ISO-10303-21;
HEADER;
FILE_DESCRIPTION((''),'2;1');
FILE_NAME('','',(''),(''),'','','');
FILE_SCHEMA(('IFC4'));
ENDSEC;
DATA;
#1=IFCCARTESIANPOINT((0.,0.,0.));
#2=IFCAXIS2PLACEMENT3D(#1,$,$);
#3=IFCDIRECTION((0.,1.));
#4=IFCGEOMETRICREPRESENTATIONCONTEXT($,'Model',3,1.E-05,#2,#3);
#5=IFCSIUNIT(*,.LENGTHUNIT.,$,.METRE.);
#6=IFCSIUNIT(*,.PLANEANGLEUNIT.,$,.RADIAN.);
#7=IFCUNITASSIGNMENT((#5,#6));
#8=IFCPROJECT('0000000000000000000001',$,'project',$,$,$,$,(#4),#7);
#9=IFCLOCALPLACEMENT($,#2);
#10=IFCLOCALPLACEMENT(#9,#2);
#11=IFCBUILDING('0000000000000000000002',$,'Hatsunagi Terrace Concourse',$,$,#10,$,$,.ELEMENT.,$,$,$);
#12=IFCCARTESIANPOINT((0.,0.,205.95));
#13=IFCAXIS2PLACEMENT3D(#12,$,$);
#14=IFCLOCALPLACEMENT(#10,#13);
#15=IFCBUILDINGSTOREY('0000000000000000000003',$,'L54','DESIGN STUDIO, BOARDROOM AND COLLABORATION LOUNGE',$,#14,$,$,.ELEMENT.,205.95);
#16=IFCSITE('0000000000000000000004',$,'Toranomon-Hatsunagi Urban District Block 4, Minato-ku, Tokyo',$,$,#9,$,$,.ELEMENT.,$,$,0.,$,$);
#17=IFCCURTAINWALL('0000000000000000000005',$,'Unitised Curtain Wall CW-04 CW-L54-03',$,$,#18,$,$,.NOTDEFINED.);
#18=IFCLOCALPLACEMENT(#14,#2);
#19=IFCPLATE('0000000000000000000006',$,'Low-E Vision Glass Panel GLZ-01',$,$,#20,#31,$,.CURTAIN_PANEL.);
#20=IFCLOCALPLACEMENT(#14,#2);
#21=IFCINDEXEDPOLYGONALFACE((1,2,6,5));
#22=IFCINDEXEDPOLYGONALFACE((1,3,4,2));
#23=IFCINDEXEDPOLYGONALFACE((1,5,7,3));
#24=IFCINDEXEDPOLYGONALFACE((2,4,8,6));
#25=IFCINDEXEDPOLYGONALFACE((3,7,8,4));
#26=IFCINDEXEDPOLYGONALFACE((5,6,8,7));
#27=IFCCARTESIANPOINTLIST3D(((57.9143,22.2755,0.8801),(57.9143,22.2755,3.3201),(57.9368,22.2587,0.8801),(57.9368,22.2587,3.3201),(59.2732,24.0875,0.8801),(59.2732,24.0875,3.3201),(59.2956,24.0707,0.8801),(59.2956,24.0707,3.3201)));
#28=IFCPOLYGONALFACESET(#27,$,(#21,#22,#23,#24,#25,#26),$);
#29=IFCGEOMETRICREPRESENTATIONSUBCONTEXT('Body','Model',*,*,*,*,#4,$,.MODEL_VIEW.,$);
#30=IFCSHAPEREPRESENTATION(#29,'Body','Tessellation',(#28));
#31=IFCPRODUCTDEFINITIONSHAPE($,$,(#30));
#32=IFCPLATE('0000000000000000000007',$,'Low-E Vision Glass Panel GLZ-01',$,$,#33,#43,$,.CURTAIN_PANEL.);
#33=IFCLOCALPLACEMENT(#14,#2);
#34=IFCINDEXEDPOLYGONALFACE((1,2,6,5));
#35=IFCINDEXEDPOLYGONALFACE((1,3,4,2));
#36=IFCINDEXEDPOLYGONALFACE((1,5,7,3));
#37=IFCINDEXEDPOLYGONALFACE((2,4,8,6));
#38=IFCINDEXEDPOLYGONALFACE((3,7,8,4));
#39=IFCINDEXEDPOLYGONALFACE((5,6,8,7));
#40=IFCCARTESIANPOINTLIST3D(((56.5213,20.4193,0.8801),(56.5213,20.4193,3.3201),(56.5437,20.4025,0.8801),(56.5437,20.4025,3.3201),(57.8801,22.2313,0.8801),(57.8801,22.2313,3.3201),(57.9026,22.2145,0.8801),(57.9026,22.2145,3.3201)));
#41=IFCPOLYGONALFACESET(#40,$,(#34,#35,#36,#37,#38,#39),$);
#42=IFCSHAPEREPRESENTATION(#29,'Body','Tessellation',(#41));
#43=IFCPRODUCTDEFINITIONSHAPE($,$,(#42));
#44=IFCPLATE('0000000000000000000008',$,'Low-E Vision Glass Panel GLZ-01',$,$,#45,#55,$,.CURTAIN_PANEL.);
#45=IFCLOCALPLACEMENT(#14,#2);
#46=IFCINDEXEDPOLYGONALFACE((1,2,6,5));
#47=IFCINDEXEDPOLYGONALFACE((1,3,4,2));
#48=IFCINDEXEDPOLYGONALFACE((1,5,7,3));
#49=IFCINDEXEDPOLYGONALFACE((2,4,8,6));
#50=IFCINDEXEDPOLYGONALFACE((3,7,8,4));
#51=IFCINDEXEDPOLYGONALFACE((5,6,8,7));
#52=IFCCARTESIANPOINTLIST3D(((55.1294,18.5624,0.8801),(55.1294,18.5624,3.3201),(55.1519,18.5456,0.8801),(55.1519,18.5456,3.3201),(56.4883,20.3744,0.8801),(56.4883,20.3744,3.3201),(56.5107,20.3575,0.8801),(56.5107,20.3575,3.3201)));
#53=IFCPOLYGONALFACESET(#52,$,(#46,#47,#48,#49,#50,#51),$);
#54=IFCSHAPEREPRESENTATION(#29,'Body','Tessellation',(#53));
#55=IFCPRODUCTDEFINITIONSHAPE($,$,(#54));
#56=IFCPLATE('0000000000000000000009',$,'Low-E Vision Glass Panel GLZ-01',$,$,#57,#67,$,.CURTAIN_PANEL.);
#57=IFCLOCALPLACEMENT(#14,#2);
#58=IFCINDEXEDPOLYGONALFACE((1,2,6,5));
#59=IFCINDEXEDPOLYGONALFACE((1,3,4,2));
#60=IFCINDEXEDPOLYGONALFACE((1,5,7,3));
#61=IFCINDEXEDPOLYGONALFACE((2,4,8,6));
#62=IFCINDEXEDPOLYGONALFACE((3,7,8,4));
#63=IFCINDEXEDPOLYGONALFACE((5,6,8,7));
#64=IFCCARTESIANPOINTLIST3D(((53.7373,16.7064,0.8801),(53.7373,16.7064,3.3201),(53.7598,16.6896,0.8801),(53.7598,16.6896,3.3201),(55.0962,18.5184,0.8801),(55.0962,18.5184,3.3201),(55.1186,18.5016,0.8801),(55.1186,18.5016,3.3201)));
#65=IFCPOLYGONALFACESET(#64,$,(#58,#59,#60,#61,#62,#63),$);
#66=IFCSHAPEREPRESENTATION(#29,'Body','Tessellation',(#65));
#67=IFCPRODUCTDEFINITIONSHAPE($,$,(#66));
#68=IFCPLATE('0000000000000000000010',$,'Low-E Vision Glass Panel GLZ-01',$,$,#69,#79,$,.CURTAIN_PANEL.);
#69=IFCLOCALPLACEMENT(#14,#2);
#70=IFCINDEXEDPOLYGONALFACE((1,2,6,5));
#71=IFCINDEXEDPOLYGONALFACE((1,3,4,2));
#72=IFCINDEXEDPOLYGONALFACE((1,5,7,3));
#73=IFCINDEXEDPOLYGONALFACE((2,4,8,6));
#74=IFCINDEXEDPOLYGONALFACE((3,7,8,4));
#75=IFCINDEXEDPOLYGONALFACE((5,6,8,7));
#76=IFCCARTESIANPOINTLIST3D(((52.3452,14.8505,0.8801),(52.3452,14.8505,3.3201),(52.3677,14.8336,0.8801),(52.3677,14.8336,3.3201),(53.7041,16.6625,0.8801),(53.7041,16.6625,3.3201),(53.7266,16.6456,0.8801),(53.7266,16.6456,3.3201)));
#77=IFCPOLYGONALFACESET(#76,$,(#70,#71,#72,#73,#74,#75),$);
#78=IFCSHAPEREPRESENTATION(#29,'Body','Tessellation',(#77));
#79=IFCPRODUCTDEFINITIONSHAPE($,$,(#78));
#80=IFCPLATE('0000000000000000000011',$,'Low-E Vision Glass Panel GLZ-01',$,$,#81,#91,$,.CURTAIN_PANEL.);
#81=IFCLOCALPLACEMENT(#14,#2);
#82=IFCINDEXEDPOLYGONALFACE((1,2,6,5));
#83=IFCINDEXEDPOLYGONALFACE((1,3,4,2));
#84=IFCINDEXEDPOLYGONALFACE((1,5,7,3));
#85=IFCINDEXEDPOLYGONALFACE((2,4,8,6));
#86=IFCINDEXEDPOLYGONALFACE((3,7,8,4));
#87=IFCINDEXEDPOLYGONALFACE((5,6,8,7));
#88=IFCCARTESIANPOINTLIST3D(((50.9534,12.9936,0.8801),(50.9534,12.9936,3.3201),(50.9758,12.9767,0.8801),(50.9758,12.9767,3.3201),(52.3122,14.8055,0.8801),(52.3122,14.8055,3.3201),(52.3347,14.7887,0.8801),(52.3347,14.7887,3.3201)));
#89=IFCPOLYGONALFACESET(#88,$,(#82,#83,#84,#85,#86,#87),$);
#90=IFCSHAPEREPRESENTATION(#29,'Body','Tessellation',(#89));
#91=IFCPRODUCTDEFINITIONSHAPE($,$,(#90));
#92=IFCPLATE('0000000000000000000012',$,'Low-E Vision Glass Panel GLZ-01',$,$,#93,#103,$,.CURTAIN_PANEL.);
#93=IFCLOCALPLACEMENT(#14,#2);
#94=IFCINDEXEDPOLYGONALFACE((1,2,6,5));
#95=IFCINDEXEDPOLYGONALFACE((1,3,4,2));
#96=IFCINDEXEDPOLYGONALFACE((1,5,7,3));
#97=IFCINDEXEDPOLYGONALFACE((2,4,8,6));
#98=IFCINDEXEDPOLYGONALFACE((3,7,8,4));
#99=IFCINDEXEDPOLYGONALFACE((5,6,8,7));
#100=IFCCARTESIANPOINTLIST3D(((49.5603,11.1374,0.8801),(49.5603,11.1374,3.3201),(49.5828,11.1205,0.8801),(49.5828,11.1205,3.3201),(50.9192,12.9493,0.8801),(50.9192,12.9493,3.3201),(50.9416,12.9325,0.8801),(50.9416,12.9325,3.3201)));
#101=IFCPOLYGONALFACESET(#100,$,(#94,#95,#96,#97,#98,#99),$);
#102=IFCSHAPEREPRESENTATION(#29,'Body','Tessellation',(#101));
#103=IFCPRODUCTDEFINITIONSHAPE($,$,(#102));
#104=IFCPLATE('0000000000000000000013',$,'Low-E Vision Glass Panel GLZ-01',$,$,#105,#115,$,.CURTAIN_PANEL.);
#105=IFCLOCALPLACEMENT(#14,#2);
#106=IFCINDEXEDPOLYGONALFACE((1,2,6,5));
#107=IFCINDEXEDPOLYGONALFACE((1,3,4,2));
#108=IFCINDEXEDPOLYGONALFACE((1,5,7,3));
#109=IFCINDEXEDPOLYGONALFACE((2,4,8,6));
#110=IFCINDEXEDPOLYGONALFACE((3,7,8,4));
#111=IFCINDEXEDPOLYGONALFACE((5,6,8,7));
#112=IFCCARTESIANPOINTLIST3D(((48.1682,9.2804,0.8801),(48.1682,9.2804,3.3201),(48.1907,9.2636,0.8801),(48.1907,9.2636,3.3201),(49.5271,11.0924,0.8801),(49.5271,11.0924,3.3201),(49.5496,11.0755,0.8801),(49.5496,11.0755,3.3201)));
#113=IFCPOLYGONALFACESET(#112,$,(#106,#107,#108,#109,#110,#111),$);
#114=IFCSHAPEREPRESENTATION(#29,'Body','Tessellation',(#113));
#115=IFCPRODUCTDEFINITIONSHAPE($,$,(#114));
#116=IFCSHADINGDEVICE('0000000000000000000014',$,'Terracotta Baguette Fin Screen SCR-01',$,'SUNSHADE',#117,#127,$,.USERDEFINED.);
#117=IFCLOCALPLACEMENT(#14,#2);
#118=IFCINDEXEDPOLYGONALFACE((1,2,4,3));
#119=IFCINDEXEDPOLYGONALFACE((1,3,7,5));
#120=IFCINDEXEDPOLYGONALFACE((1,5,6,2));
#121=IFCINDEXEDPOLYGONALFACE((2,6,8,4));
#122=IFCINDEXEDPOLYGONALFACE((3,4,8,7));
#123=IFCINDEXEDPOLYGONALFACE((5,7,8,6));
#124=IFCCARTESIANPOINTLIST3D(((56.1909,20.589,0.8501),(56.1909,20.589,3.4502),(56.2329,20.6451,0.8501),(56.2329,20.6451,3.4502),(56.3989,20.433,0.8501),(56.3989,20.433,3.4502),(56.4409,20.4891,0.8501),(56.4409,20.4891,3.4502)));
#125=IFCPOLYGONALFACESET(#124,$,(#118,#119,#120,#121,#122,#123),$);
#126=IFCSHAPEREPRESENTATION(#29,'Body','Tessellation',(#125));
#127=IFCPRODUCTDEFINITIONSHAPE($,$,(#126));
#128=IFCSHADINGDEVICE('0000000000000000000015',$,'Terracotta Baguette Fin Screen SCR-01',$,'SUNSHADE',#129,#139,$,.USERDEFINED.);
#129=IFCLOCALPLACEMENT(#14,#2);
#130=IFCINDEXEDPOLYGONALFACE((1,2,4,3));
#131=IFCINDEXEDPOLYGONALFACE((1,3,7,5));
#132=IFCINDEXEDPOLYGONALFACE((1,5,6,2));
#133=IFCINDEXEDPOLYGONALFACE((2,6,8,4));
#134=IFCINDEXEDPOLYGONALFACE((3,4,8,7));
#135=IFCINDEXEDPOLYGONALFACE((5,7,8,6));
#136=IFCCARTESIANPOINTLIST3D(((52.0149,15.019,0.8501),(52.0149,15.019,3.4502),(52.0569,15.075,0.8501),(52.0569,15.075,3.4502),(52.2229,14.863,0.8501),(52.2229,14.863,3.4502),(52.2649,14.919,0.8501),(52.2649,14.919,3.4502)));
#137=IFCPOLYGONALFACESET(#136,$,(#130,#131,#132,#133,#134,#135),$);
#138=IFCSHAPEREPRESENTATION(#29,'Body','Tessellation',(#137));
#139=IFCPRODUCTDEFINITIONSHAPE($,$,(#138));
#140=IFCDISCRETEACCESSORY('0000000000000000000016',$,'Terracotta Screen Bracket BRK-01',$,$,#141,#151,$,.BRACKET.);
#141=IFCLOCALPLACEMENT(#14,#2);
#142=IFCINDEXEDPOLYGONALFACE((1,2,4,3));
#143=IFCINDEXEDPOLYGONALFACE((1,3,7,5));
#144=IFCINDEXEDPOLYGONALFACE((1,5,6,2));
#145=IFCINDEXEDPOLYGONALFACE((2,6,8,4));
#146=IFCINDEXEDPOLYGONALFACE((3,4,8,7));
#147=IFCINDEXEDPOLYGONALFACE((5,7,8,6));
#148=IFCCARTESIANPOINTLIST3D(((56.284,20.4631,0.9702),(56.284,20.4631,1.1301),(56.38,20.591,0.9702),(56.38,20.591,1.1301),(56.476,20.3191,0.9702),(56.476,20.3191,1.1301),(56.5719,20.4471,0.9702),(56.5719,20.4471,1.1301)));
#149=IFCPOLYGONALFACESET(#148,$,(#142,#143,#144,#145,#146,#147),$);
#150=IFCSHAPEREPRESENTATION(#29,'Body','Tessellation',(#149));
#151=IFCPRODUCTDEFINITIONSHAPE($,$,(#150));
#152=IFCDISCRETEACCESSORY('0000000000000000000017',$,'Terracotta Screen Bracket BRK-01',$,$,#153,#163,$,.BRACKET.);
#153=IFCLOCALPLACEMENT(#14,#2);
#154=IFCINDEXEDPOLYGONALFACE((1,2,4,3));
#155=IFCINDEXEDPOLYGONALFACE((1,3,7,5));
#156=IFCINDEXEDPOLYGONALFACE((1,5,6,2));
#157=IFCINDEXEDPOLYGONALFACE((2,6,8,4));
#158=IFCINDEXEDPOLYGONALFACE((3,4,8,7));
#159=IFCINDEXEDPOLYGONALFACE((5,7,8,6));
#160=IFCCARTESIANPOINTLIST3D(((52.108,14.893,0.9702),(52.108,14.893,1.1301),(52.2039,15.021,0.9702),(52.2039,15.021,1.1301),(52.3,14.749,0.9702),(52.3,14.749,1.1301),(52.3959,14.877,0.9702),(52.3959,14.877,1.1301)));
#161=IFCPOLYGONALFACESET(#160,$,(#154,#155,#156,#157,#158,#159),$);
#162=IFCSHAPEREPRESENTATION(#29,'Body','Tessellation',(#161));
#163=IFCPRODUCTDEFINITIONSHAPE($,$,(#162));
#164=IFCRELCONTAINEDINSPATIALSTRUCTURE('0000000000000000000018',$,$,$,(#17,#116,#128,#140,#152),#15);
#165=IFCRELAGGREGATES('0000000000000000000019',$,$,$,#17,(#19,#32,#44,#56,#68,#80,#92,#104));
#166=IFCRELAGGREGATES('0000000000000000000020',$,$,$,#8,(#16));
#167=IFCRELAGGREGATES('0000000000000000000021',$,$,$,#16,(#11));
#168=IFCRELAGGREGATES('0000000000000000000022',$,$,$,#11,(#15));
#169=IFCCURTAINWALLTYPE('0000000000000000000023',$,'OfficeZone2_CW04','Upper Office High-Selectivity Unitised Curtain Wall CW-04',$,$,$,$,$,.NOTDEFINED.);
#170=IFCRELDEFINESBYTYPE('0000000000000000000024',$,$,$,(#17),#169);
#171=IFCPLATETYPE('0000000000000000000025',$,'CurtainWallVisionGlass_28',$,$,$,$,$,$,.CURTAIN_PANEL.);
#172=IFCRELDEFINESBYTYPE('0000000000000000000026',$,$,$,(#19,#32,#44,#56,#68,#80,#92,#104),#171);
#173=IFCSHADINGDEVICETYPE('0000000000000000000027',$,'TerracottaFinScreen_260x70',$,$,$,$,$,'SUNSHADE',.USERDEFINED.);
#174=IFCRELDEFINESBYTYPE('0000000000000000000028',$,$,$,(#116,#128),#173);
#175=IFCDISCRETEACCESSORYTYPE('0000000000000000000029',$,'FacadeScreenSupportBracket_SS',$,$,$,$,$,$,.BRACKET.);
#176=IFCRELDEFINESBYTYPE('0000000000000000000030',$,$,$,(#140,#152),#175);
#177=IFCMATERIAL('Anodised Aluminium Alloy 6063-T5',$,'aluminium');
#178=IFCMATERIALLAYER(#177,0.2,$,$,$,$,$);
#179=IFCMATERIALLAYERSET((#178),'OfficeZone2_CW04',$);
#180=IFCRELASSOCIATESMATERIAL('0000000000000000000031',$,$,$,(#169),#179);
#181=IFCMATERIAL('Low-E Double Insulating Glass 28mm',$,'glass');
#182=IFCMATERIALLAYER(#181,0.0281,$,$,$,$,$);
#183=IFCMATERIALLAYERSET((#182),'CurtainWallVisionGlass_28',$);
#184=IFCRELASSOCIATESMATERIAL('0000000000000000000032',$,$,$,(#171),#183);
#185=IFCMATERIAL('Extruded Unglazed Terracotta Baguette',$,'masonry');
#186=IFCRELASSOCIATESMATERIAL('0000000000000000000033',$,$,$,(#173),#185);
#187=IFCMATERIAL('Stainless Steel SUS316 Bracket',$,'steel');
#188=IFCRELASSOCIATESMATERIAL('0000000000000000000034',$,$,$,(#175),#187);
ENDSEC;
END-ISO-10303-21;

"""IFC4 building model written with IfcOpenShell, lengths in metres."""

from ifc_helpers import new_model, si_unit, direction, frame, origin, origin_2d, place, context, subcontext, project, spatial, rectangle, extrude, material, layer, layer_set, type_object, element, aggregate, save


model = new_model("IFC4")

# Units and contexts
model_context = context("Model", 3, precision=1e-05, world=origin(), true_north=direction((0.0, 1.0)))
body_context = subcontext(model_context, "Body", "Model", "MODEL_VIEW")
ifc_project = project(units=[si_unit("LENGTHUNIT", "METRE"), si_unit("PLANEANGLEUNIT", "RADIAN")], contexts=[model_context])

# Site, building, storey
site_placement = place(None, origin())
site = spatial("IfcSite", under=ifc_project, at=site_placement, Name="Toranomon-Hatsunagi Urban District Block 4, Minato-ku, Tokyo", CompositionType="ELEMENT", RefElevation=0.0)
building_placement = place(site_placement, origin())
building = spatial("IfcBuilding", under=site, at=building_placement, Name="Hatsunagi Terrace Concourse", CompositionType="ELEMENT")
storey_placement = place(building_placement, frame((0.0, 0.0, 205.95)))
storey = spatial("IfcBuildingStorey", under=building, at=storey_placement, Name="L54", Description="DESIGN STUDIO, BOARDROOM AND COLLABORATION LOUNGE", CompositionType="ELEMENT", Elevation=205.95)

# Curtain wall
ifc_material_1 = material(Name="Anodised Aluminium Alloy 6063-T5", Category="aluminium")
ifc_layer_1 = layer(ifc_material_1, 0.2)
ifc_layer_set_1 = layer_set([ifc_layer_1], Name="OfficeZone2_CW04")
curtain_wall_type = type_object("IfcCurtainWallType", Name="OfficeZone2_CW04", Description="Upper Office High-Selectivity Unitised Curtain Wall CW-04", PredefinedType="NOTDEFINED", material=ifc_layer_set_1)
curtain_wall_placement = place(storey_placement, origin())
curtain_wall = element("IfcCurtainWall", 1, at=curtain_wall_placement, inside=storey, type_object=curtain_wall_type, Name="Unitised Curtain Wall CW-04 CW-L54-03", PredefinedType="NOTDEFINED")

# Plates
ifc_material_2 = material(Name="Low-E Double Insulating Glass 28mm", Category="glass")
ifc_layer_2 = layer(ifc_material_2, 0.0281)
ifc_layer_set_2 = layer_set([ifc_layer_2], Name="CurtainWallVisionGlass_28")
plate_type_1 = type_object("IfcPlateType", Name="CurtainWallVisionGlass_28", PredefinedType="CURTAIN_PANEL", material=ifc_layer_set_2)
plate_1_placement = place(storey_placement, frame((58.605, 23.1731, 0.8801), z_axis=(0.0, 0.0, 1.0), x_axis=(-0.599969, -0.800023, 0.0)))
plate_1 = element("IfcPlate", 2, at=plate_1_placement, type_object=plate_type_1, Name="Low-E Vision Glass Panel GLZ-01", PredefinedType="CURTAIN_PANEL", context=body_context, shape_type="SweptSolid", body=[
    extrude(rectangle(XDim=2.2649, YDim=0.0281, at=origin_2d()), origin(), (0.0, 0.0, 1.0), 2.4399),
])
plate_2_placement = place(storey_placement, frame((57.2119, 21.3169, 0.8801), z_axis=(0.0, 0.0, 1.0), x_axis=(-0.599969, -0.800023, 0.0)))
plate_2 = element("IfcPlate", 3, at=plate_2_placement, type_object=plate_type_1, Name="Low-E Vision Glass Panel GLZ-01", PredefinedType="CURTAIN_PANEL", context=body_context, shape_type="SweptSolid", body=[
    extrude(rectangle(XDim=2.2649, YDim=0.0281, at=origin_2d()), origin(), (0.0, 0.0, 1.0), 2.4399),
])
plate_3_placement = place(storey_placement, frame((55.8201, 19.46, 0.8801), z_axis=(0.0, 0.0, 1.0), x_axis=(-0.599969, -0.800023, 0.0)))
plate_3 = element("IfcPlate", 4, at=plate_3_placement, type_object=plate_type_1, Name="Low-E Vision Glass Panel GLZ-01", PredefinedType="CURTAIN_PANEL", context=body_context, shape_type="SweptSolid", body=[
    extrude(rectangle(XDim=2.2649, YDim=0.0281, at=origin_2d()), origin(), (0.0, 0.0, 1.0), 2.4399),
])
plate_4_placement = place(storey_placement, frame((54.428, 17.604, 0.8801), z_axis=(0.0, 0.0, 1.0), x_axis=(-0.599969, -0.800023, 0.0)))
plate_4 = element("IfcPlate", 5, at=plate_4_placement, type_object=plate_type_1, Name="Low-E Vision Glass Panel GLZ-01", PredefinedType="CURTAIN_PANEL", context=body_context, shape_type="SweptSolid", body=[
    extrude(rectangle(XDim=2.2649, YDim=0.0281, at=origin_2d()), origin(), (0.0, 0.0, 1.0), 2.4399),
])
plate_5_placement = place(storey_placement, frame((53.0359, 15.748, 0.8801), z_axis=(0.0, 0.0, 1.0), x_axis=(-0.599969, -0.800023, 0.0)))
plate_5 = element("IfcPlate", 6, at=plate_5_placement, type_object=plate_type_1, Name="Low-E Vision Glass Panel GLZ-01", PredefinedType="CURTAIN_PANEL", context=body_context, shape_type="SweptSolid", body=[
    extrude(rectangle(XDim=2.2649, YDim=0.0281, at=origin_2d()), origin(), (0.0, 0.0, 1.0), 2.4399),
])
plate_6_placement = place(storey_placement, frame((51.644, 13.8911, 0.8801), z_axis=(0.0, 0.0, 1.0), x_axis=(-0.599969, -0.800023, 0.0)))
plate_6 = element("IfcPlate", 7, at=plate_6_placement, type_object=plate_type_1, Name="Low-E Vision Glass Panel GLZ-01", PredefinedType="CURTAIN_PANEL", context=body_context, shape_type="SweptSolid", body=[
    extrude(rectangle(XDim=2.2649, YDim=0.0281, at=origin_2d()), origin(), (0.0, 0.0, 1.0), 2.4399),
])
plate_7_placement = place(storey_placement, frame((50.251, 12.0349, 0.8801), z_axis=(0.0, 0.0, 1.0), x_axis=(-0.599969, -0.800023, 0.0)))
plate_7 = element("IfcPlate", 8, at=plate_7_placement, type_object=plate_type_1, Name="Low-E Vision Glass Panel GLZ-01", PredefinedType="CURTAIN_PANEL", context=body_context, shape_type="SweptSolid", body=[
    extrude(rectangle(XDim=2.2649, YDim=0.0281, at=origin_2d()), origin(), (0.0, 0.0, 1.0), 2.4399),
])
plate_8_placement = place(storey_placement, frame((48.8589, 10.178, 0.8801), z_axis=(0.0, 0.0, 1.0), x_axis=(-0.599969, -0.800023, 0.0)))
plate_8 = element("IfcPlate", 9, at=plate_8_placement, type_object=plate_type_1, Name="Low-E Vision Glass Panel GLZ-01", PredefinedType="CURTAIN_PANEL", context=body_context, shape_type="SweptSolid", body=[
    extrude(rectangle(XDim=2.2649, YDim=0.0281, at=origin_2d()), origin(), (0.0, 0.0, 1.0), 2.4399),
])
aggregate(curtain_wall, [plate_1, plate_2, plate_3, plate_4, plate_5, plate_6, plate_7, plate_8])

# Shading devices
ifc_material_3 = material(Name="Extruded Unglazed Terracotta Baguette", Category="masonry")
shading_device_type = type_object("IfcShadingDeviceType", Name="TerracottaFinScreen_260x70", ElementType="SUNSHADE", PredefinedType="USERDEFINED", material=ifc_material_3)
for number, where, z_axis, x_axis, name in (
    (10, (56.3159, 20.5391, 0.8501), (0.0, 0.0, 1.0), (-0.599969, -0.800023, 0.0), "Terracotta Baguette Fin Screen SCR-01"),
    (11, (52.1399, 14.969, 0.8501), (0.0, 0.0, 1.0), (-0.599969, -0.800023, 0.0), "Terracotta Baguette Fin Screen SCR-01"),
):
    element("IfcShadingDevice", number, at=place(storey_placement, frame(where, z_axis=z_axis, x_axis=x_axis)), inside=storey, type_object=shading_device_type, Name=name, ObjectType="SUNSHADE", PredefinedType="USERDEFINED", context=body_context, shape_type="SweptSolid", body=[
        extrude(rectangle(XDim=0.0701, YDim=0.26, at=origin_2d()), origin(), (0.0, 0.0, 1.0), 2.6001),
    ])

# Discrete accessories
ifc_material_4 = material(Name="Stainless Steel SUS316 Bracket", Category="steel")
discrete_accessory_type = type_object("IfcDiscreteAccessoryType", Name="FacadeScreenSupportBracket_SS", PredefinedType="BRACKET", material=ifc_material_4)
for number, where, z_axis, x_axis, name in (
    (12, (56.428, 20.4551, 0.9702), (0.0, 0.0, 1.0), (-0.599969, -0.800023, 0.0), "Terracotta Screen Bracket BRK-01"),
    (13, (52.252, 14.885, 0.9702), (0.0, 0.0, 1.0), (-0.599969, -0.800023, 0.0), "Terracotta Screen Bracket BRK-01"),
):
    element("IfcDiscreteAccessory", number, at=place(storey_placement, frame(where, z_axis=z_axis, x_axis=x_axis)), inside=storey, type_object=discrete_accessory_type, Name=name, PredefinedType="BRACKET", context=body_context, shape_type="SweptSolid", body=[
        extrude(rectangle(XDim=0.1599, YDim=0.24, at=origin_2d()), origin(), (0.0, 0.0, 1.0), 0.1599),
    ])

save(model, "model.ifc")
